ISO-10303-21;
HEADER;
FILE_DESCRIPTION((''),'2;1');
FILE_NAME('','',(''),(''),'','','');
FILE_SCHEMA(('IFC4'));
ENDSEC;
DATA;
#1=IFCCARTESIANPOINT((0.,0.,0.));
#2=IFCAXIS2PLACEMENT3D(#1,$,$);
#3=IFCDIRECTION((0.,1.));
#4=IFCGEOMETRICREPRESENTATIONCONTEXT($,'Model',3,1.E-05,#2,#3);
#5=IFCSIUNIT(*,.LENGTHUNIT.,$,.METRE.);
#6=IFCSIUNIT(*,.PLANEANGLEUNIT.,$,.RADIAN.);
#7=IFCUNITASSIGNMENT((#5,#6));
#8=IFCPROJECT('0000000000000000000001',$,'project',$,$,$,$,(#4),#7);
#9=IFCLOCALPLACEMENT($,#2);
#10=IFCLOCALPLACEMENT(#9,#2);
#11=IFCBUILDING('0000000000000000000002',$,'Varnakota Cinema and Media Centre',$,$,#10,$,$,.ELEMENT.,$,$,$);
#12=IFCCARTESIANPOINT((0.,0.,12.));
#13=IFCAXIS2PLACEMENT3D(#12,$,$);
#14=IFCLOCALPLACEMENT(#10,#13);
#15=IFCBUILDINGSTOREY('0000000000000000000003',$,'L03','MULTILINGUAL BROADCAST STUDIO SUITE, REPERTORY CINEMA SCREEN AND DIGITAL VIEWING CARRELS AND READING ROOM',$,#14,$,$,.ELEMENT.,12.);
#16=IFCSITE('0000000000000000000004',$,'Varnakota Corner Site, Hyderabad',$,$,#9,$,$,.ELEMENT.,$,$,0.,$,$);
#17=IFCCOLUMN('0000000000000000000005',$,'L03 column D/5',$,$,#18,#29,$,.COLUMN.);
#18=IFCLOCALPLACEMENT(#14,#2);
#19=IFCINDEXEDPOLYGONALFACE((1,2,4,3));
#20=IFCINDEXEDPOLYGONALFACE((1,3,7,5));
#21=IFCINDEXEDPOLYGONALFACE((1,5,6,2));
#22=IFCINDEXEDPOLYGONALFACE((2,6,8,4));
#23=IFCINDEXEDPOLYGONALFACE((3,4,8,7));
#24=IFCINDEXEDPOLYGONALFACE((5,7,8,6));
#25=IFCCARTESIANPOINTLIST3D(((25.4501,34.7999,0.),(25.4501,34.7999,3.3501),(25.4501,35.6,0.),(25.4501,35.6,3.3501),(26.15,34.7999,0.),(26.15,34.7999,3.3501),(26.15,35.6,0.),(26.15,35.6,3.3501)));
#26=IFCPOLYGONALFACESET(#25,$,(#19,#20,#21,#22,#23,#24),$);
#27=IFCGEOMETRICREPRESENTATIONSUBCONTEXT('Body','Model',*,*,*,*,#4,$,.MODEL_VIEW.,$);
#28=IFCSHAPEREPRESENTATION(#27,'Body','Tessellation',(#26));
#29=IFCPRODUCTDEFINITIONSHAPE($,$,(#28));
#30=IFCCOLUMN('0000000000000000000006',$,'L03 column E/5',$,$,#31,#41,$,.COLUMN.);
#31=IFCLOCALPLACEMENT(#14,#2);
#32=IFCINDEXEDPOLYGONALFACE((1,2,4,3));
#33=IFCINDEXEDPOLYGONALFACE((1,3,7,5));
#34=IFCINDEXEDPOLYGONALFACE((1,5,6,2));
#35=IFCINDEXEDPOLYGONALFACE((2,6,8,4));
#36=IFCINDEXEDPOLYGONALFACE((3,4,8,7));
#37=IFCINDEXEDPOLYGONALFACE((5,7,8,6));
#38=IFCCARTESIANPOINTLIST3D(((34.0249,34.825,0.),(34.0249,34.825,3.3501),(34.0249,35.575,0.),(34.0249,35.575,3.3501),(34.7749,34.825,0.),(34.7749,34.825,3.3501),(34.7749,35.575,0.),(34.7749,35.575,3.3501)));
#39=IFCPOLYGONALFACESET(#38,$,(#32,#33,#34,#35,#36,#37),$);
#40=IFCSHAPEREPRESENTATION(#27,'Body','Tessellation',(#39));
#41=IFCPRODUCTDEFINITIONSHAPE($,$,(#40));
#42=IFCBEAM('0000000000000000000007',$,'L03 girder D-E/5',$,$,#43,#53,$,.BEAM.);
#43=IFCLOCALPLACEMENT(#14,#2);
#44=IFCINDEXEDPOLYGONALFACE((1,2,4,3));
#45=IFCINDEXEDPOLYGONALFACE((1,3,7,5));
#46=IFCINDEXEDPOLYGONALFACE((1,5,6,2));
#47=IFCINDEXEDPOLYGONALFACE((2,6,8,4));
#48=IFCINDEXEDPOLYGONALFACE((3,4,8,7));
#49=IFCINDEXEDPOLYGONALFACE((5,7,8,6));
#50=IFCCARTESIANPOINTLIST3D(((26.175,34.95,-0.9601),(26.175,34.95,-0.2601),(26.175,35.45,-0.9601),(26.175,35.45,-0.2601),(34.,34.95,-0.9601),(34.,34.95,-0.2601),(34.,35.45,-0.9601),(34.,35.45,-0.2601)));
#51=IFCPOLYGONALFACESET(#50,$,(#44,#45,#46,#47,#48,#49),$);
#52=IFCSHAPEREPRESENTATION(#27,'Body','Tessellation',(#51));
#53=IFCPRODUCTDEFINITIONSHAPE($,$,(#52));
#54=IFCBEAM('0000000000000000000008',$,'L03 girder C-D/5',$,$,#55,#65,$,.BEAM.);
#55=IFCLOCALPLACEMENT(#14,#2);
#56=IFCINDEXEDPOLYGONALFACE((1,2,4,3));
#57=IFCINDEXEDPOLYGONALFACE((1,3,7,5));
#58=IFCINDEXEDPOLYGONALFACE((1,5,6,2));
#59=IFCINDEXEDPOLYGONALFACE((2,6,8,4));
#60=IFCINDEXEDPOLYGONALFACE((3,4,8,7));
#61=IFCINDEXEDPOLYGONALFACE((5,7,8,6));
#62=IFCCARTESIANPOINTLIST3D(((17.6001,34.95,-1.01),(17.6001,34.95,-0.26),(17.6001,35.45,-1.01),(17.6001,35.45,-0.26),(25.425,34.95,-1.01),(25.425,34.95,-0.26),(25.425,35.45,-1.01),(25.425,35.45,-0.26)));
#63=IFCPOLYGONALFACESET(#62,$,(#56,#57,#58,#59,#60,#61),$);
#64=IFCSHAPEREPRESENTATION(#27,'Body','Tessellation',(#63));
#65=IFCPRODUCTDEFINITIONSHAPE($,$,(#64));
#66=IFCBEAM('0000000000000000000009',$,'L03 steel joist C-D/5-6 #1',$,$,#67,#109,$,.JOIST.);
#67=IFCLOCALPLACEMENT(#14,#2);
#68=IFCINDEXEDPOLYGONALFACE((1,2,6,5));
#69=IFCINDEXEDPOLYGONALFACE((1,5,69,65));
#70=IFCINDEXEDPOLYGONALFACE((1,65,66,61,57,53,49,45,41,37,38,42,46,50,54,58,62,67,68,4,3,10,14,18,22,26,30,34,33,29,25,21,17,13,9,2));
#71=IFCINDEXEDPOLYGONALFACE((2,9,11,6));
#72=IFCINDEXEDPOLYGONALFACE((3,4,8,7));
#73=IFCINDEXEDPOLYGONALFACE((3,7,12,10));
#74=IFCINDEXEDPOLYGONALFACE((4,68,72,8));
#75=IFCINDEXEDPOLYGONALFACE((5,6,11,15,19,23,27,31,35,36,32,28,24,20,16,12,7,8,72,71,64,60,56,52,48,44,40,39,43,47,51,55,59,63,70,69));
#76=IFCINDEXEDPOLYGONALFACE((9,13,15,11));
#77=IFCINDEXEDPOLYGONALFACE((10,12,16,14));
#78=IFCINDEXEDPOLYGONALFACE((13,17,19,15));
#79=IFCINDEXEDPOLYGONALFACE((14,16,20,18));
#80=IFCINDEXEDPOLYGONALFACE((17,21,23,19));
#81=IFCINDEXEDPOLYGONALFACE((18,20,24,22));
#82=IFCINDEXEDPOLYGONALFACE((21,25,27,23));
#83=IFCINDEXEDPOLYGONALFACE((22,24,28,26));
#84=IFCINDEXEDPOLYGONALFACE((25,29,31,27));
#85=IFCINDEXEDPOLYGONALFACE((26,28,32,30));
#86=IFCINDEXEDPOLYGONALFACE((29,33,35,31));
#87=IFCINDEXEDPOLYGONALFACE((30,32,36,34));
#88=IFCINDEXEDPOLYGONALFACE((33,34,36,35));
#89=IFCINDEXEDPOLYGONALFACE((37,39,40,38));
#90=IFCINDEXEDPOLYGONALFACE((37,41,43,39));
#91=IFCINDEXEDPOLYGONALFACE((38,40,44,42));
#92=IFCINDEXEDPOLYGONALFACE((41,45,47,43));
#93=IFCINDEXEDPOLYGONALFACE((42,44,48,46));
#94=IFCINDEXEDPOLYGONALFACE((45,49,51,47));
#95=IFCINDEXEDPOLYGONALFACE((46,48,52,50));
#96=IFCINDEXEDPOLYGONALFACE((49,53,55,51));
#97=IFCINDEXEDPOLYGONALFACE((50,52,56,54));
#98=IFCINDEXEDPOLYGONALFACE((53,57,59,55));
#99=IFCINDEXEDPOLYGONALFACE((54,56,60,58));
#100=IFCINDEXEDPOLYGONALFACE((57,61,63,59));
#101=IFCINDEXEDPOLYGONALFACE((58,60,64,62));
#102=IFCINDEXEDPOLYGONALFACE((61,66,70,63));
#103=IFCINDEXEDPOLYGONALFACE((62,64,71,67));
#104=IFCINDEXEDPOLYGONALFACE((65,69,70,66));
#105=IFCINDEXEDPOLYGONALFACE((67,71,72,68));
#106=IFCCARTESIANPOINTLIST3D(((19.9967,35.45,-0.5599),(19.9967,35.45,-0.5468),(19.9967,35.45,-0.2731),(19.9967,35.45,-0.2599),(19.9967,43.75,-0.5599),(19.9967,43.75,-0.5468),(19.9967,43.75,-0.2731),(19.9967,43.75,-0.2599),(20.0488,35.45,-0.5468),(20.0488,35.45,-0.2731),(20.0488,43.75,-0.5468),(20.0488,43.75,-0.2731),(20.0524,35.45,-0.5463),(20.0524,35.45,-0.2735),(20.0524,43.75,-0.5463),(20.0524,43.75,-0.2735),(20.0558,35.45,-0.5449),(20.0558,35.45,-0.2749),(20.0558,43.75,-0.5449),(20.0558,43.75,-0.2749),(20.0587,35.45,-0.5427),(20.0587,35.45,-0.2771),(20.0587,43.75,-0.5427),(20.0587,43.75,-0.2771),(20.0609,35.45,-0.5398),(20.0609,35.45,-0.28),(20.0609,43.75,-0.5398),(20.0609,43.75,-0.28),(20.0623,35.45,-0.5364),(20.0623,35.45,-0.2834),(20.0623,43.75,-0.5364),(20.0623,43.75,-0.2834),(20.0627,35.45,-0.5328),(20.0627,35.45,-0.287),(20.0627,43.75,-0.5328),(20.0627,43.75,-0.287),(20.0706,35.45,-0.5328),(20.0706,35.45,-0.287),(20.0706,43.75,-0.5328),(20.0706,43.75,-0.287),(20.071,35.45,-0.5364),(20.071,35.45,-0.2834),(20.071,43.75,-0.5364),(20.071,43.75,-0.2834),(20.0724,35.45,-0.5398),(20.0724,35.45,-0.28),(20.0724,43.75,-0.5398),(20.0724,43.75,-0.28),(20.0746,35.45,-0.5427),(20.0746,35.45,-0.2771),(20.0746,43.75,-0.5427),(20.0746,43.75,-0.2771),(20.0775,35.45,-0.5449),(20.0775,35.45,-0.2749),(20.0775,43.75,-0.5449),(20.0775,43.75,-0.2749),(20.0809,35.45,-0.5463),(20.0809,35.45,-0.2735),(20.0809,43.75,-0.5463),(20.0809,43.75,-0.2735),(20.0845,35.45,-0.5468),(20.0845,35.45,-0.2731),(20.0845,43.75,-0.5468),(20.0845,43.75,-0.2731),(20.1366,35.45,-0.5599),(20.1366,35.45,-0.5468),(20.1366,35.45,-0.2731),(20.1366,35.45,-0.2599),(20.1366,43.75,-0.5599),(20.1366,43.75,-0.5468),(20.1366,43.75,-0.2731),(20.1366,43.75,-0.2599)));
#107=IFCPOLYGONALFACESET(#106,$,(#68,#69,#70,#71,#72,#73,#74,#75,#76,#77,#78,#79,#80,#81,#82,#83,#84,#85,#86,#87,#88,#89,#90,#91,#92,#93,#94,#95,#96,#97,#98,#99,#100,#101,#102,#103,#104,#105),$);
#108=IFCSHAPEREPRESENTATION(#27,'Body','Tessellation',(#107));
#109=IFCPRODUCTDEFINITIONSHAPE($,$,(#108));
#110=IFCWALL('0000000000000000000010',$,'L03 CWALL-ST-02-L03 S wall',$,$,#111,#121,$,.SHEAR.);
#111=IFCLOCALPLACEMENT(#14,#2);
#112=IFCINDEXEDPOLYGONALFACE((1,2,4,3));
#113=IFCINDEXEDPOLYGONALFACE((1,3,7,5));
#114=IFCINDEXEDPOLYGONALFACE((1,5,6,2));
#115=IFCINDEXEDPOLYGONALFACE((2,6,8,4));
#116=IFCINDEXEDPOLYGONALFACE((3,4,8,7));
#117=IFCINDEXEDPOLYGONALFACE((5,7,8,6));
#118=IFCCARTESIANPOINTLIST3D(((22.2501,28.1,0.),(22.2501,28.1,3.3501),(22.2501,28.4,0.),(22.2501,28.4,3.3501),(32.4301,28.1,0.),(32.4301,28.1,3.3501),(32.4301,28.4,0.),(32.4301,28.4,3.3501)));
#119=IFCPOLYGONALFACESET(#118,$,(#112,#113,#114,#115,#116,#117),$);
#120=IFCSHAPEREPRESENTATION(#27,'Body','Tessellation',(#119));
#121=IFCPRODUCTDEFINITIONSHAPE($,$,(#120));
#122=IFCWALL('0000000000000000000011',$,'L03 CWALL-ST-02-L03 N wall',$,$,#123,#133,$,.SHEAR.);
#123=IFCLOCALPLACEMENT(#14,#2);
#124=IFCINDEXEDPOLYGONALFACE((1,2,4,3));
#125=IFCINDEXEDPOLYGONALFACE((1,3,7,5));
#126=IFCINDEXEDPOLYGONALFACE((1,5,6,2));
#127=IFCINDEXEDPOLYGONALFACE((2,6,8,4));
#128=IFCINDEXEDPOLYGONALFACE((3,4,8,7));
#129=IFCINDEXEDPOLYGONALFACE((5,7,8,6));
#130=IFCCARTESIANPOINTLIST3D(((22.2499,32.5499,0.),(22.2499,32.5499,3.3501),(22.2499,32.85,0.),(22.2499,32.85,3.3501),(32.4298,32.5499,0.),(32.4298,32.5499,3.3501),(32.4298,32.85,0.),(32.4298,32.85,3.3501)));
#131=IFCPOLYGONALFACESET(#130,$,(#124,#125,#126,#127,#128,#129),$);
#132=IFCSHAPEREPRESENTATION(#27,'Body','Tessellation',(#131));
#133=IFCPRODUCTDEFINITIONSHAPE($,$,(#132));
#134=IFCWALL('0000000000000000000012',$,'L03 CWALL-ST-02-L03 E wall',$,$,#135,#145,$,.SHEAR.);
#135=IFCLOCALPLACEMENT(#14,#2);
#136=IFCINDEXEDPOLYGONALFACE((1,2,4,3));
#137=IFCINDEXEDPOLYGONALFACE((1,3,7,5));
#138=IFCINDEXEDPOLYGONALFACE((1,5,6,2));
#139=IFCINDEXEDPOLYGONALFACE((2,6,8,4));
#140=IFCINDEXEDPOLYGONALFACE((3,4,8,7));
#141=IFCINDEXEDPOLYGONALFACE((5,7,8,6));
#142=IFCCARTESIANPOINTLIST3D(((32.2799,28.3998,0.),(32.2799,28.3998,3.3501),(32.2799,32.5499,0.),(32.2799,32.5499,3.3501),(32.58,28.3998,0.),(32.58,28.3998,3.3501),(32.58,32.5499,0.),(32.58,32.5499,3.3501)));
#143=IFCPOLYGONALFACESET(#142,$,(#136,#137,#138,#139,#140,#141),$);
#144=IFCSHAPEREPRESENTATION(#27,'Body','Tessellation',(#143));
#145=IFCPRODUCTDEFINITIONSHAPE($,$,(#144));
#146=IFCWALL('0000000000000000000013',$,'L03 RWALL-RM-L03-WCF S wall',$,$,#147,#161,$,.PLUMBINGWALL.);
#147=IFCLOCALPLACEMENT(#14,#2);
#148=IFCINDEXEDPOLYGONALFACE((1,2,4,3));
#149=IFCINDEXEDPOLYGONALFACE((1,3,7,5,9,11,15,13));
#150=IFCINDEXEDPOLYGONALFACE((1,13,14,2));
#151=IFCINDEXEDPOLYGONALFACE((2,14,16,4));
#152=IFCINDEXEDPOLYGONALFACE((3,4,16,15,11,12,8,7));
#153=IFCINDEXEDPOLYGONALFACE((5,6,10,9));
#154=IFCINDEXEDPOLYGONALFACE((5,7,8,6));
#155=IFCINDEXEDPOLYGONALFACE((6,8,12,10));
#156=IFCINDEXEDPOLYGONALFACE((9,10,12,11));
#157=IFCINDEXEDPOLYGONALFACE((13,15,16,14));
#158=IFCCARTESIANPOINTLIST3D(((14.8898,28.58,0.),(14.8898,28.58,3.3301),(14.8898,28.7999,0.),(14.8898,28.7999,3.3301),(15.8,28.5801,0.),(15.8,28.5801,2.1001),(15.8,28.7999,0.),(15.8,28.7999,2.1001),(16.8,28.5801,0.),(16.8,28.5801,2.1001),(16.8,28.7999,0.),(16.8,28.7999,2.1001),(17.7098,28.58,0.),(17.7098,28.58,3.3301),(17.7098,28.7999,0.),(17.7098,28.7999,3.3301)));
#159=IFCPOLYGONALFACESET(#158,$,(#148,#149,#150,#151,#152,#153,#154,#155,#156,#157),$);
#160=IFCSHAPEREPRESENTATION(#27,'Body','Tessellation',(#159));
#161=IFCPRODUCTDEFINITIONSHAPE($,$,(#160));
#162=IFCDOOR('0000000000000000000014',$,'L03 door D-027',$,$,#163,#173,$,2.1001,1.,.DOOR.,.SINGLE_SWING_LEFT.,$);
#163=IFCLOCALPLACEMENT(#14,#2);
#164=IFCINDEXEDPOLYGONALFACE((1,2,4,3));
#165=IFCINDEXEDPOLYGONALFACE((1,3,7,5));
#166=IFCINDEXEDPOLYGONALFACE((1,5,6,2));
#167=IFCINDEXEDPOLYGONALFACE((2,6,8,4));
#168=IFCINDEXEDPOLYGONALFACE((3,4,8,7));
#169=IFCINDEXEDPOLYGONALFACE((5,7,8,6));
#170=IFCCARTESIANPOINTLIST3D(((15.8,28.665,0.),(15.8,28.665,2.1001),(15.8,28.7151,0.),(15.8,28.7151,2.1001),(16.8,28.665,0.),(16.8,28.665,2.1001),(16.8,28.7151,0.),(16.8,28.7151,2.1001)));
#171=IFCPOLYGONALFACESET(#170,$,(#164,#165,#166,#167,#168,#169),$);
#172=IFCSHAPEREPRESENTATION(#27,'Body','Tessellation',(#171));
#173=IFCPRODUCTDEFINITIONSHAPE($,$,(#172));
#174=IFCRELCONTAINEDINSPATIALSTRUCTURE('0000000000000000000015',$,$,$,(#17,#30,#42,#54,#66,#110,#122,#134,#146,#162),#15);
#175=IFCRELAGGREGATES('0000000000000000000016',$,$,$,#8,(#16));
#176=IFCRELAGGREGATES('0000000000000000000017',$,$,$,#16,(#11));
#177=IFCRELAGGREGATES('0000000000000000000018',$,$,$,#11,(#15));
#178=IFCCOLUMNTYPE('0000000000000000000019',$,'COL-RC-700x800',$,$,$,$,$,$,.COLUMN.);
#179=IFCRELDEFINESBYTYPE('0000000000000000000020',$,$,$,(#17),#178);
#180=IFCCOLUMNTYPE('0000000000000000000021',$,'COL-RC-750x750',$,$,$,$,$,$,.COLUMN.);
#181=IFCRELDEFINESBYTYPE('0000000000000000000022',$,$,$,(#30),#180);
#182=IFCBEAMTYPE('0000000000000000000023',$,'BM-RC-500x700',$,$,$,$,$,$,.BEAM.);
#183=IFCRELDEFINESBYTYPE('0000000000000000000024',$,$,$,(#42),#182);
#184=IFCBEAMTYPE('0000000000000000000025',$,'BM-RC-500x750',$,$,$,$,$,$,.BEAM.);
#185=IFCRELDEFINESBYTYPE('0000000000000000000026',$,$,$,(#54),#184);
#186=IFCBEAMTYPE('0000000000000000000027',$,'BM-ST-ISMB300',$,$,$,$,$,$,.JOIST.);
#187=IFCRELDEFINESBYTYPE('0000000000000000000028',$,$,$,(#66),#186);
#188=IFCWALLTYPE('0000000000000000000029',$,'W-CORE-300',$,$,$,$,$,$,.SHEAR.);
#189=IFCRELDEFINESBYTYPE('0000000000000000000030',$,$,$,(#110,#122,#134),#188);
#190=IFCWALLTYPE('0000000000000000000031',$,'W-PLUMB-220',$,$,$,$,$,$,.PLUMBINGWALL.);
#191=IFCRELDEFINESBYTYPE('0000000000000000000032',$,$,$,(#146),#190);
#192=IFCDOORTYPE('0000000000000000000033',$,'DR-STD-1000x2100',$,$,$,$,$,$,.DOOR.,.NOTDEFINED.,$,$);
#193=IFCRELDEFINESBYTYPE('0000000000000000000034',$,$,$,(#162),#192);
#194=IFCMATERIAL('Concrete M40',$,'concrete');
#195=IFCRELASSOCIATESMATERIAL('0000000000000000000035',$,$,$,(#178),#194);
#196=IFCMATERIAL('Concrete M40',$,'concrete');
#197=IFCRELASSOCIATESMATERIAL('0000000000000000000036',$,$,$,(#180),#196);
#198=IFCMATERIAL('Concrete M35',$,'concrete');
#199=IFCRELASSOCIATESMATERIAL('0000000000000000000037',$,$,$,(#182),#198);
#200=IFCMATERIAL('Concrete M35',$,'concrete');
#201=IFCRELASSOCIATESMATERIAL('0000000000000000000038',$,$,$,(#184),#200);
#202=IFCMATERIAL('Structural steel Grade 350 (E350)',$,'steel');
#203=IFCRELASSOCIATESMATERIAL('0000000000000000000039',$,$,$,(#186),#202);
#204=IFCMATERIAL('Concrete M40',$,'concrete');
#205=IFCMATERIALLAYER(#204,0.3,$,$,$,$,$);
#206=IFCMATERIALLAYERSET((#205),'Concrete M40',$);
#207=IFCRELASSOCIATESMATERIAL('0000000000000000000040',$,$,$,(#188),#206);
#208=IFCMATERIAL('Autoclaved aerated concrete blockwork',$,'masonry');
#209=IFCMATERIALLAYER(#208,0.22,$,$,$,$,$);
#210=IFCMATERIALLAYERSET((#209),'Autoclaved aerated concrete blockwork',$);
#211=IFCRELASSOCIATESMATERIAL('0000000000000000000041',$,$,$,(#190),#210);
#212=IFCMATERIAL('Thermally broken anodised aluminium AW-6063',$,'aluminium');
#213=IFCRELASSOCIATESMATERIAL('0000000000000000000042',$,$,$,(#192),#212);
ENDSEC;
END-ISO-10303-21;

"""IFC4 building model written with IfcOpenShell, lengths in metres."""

from ifc_helpers import new_model, si_unit, direction, frame, frame_2d, origin, origin_2d, place, context, subcontext, project, spatial, rectangle, i_section, extrude, material, layer, layer_set, material_profile, profile_set, type_object, element, fill, save


model = new_model("IFC4")

# Units and contexts
model_context = context("Model", 3, precision=1e-05, world=origin(), true_north=direction((0.0, 1.0)))
body_context = subcontext(model_context, "Body", "Model", "MODEL_VIEW")
ifc_project = project(units=[si_unit("LENGTHUNIT", "METRE"), si_unit("PLANEANGLEUNIT", "RADIAN")], contexts=[model_context])

# Site, building, storey
site_placement = place(None, origin())
site = spatial("IfcSite", under=ifc_project, at=site_placement, Name="Varnakota Corner Site, Hyderabad", CompositionType="ELEMENT", RefElevation=0.0)
building_placement = place(site_placement, origin())
building = spatial("IfcBuilding", under=site, at=building_placement, Name="Varnakota Cinema and Media Centre", CompositionType="ELEMENT")
storey_placement = place(building_placement, frame((0.0, 0.0, 12.0)))
storey = spatial("IfcBuildingStorey", under=building, at=storey_placement, Name="L03", Description="MULTILINGUAL BROADCAST STUDIO SUITE, REPERTORY CINEMA SCREEN AND DIGITAL VIEWING CARRELS AND READING ROOM", CompositionType="ELEMENT", Elevation=12.0)

# Columns
ifc_material_1 = material(Name="Concrete M40", Category="concrete")
ifc_material_profile_1 = material_profile(ifc_material_1, rectangle(XDim=0.7, YDim=0.8, at=origin_2d()), Name="RC 700x800")
ifc_profile_set_1 = profile_set([ifc_material_profile_1], Name="Concrete M40")
column_type_1 = type_object("IfcColumnType", Name="COL-RC-700x800", PredefinedType="COLUMN", material=ifc_profile_set_1)
column_1_placement = place(storey_placement, frame((25.8, 35.2, 0.0), z_axis=(0.0, 0.0, 1.0), x_axis=(1.0, 0.0, 0.0)))
element("IfcColumn", 1, at=column_1_placement, inside=storey, type_object=column_type_1, Name="L03 column D/5", PredefinedType="COLUMN", context=body_context, shape_type="SweptSolid", body=[
    extrude(rectangle(XDim=0.7, YDim=0.8, at=origin_2d()), origin(), (0.0, 0.0, 1.0), 3.3501),
])
ifc_material_2 = material(Name="Concrete M40", Category="concrete")
ifc_material_profile_2 = material_profile(ifc_material_2, rectangle(XDim=0.75, YDim=0.75, at=origin_2d()), Name="RC 750x750")
ifc_profile_set_2 = profile_set([ifc_material_profile_2], Name="Concrete M40")
column_type_2 = type_object("IfcColumnType", Name="COL-RC-750x750", PredefinedType="COLUMN", material=ifc_profile_set_2)
column_2_placement = place(storey_placement, frame((34.3999, 35.2, 0.0), z_axis=(0.0, 0.0, 1.0), x_axis=(1.0, 0.0, 0.0)))
element("IfcColumn", 2, at=column_2_placement, inside=storey, type_object=column_type_2, Name="L03 column E/5", PredefinedType="COLUMN", context=body_context, shape_type="SweptSolid", body=[
    extrude(rectangle(XDim=0.75, YDim=0.75, at=origin_2d()), origin(), (0.0, 0.0, 1.0), 3.3501),
])

# Beams
ifc_material_3 = material(Name="Concrete M35", Category="concrete")
ifc_material_profile_3 = material_profile(ifc_material_3, rectangle(XDim=0.5, YDim=0.7, at=origin_2d()), Name="RCB 500x700")
ifc_profile_set_3 = profile_set([ifc_material_profile_3], Name="Concrete M35")
beam_type_1 = type_object("IfcBeamType", Name="BM-RC-500x700", PredefinedType="BEAM", material=ifc_profile_set_3)
beam_1_placement = place(storey_placement, frame((26.175, 35.2, -0.6101), z_axis=(1.0, 0.0, 0.0), x_axis=(0.0, 1.0, 0.0)))
element("IfcBeam", 3, at=beam_1_placement, inside=storey, type_object=beam_type_1, Name="L03 girder D-E/5", PredefinedType="BEAM", context=body_context, shape_type="SweptSolid", body=[
    extrude(rectangle(XDim=0.5, YDim=0.7, at=origin_2d()), origin(), (0.0, 0.0, 1.0), 7.825),
])
ifc_material_4 = material(Name="Concrete M35", Category="concrete")
ifc_material_profile_4 = material_profile(ifc_material_4, rectangle(XDim=0.5, YDim=0.75, at=origin_2d()), Name="RCB 500x750")
ifc_profile_set_4 = profile_set([ifc_material_profile_4], Name="Concrete M35")
beam_type_2 = type_object("IfcBeamType", Name="BM-RC-500x750", PredefinedType="BEAM", material=ifc_profile_set_4)
beam_2_placement = place(storey_placement, frame((17.6001, 35.2, -0.635), z_axis=(1.0, 0.0, 0.0), x_axis=(0.0, 1.0, 0.0)))
element("IfcBeam", 4, at=beam_2_placement, inside=storey, type_object=beam_type_2, Name="L03 girder C-D/5", PredefinedType="BEAM", context=body_context, shape_type="SweptSolid", body=[
    extrude(rectangle(XDim=0.5, YDim=0.75, at=origin_2d()), origin(), (0.0, 0.0, 1.0), 7.825),
])
ifc_material_5 = material(Name="Structural steel Grade 350 (E350)", Category="steel")
ifc_material_profile_5 = material_profile(ifc_material_5, i_section(OverallWidth=0.1399, OverallDepth=0.3, WebThickness=0.0078, FlangeThickness=0.0132, FilletRadius=0.0139, at=origin_2d()), Name="ISMB 300")
ifc_profile_set_5 = profile_set([ifc_material_profile_5], Name="Structural steel Grade 350 (E350)")
beam_type_3 = type_object("IfcBeamType", Name="BM-ST-ISMB300", PredefinedType="JOIST", material=ifc_profile_set_5)
beam_3_placement = place(storey_placement, frame((20.0667, 35.45, -0.4099), z_axis=(0.0, 1.0, 0.0), x_axis=(-1.0, 0.0, 0.0)))
element("IfcBeam", 5, at=beam_3_placement, inside=storey, type_object=beam_type_3, Name="L03 steel joist C-D/5-6 #1", PredefinedType="JOIST", context=body_context, shape_type="SweptSolid", body=[
    extrude(i_section(OverallWidth=0.1399, OverallDepth=0.3, WebThickness=0.0078, FlangeThickness=0.0132, FilletRadius=0.0139, at=origin_2d()), origin(), (0.0, 0.0, 1.0), 8.3),
])

# Wall
ifc_material_6 = material(Name="Concrete M40", Category="concrete")
ifc_layer_1 = layer(ifc_material_6, 0.3)
ifc_layer_set_1 = layer_set([ifc_layer_1], Name="Concrete M40")
wall_type_1 = type_object("IfcWallType", Name="W-CORE-300", PredefinedType="SHEAR", material=ifc_layer_set_1)
wall_1_placement = place(storey_placement, frame((32.4299, 28.25, 0.0), z_axis=(0.0, 0.0, 1.0), x_axis=(-1.0, 0.0, 0.0)))
element("IfcWall", 6, at=wall_1_placement, inside=storey, type_object=wall_type_1, Name="L03 CWALL-ST-02-L03 S wall", PredefinedType="SHEAR", context=body_context, shape_type="SweptSolid", body=[
    extrude(rectangle(XDim=10.1799, YDim=0.3, at=frame_2d((5.0898, 0.0))), origin(), (0.0, 0.0, 1.0), 3.3501),
])

# Walls
wall_2_placement = place(storey_placement, frame((22.25, 32.7, 0.0), z_axis=(0.0, 0.0, 1.0), x_axis=(1.0, 0.0, 0.0)))
element("IfcWall", 7, at=wall_2_placement, inside=storey, type_object=wall_type_1, Name="L03 CWALL-ST-02-L03 N wall", PredefinedType="SHEAR", context=body_context, shape_type="SweptSolid", body=[
    extrude(rectangle(XDim=10.1799, YDim=0.3, at=frame_2d((5.0898, 0.0))), origin(), (0.0, 0.0, 1.0), 3.3501),
])
wall_3_placement = place(storey_placement, frame((32.4299, 32.55, 0.0), z_axis=(0.0, 0.0, 1.0), x_axis=(0.0, -1.0, 0.0)))
element("IfcWall", 8, at=wall_3_placement, inside=storey, type_object=wall_type_1, Name="L03 CWALL-ST-02-L03 E wall", PredefinedType="SHEAR", context=body_context, shape_type="SweptSolid", body=[
    extrude(rectangle(XDim=4.1501, YDim=0.3, at=frame_2d((2.0752, 0.0))), origin(), (0.0, 0.0, 1.0), 3.3501),
])

# Wall, opening, door
ifc_material_7 = material(Name="Autoclaved aerated concrete blockwork", Category="masonry")
ifc_layer_2 = layer(ifc_material_7, 0.22)
ifc_layer_set_2 = layer_set([ifc_layer_2], Name="Autoclaved aerated concrete blockwork")
wall_type_2 = type_object("IfcWallType", Name="W-PLUMB-220", PredefinedType="PLUMBINGWALL", material=ifc_layer_set_2)
wall_4_placement = place(storey_placement, frame((17.71, 28.6899, 0.0), z_axis=(0.0, 0.0, 1.0), x_axis=(-1.0, 0.0, 0.0)))
wall_4 = element("IfcWall", 9, at=wall_4_placement, inside=storey, type_object=wall_type_2, Name="L03 RWALL-RM-L03-WCF S wall", PredefinedType="PLUMBINGWALL", context=body_context, shape_type="SweptSolid", body=[
    extrude(rectangle(XDim=2.8201, YDim=0.22, at=frame_2d((1.4102, 0.0))), origin(), (0.0, 0.0, 1.0), 3.3301),
])
opening_1_placement = place(wall_4_placement, frame((0.9099, 0.0, 0.0)))
opening_1 = element("IfcOpeningElement", 10, at=opening_1_placement, cuts=wall_4, PredefinedType="OPENING", context=body_context, shape_type="SweptSolid", body=[
    extrude(rectangle(XDim=1.0, YDim=2.1001, at=frame_2d((0.5, 1.05))), frame((0.0, 0.1099, 0.0), z_axis=(0.0, -1.0, 0.0), x_axis=(1.0, 0.0, 0.0)), (0.0, 0.0, 1.0), 0.22),
])
ifc_material_8 = material(Name="Thermally broken anodised aluminium AW-6063", Category="aluminium")
door_type_1 = type_object("IfcDoorType", Name="DR-STD-1000x2100", OperationType="NOTDEFINED", PredefinedType="DOOR", material=ifc_material_8)
door_1_placement = place(opening_1_placement, origin())
door_1 = element("IfcDoor", 11, at=door_1_placement, inside=storey, type_object=door_type_1, Name="L03 door D-027", OperationType="SINGLE_SWING_LEFT", OverallHeight=2.1001, OverallWidth=1.0, PredefinedType="DOOR", context=body_context, shape_type="SweptSolid", body=[
    extrude(rectangle(XDim=1.0, YDim=2.1001, at=frame_2d((0.5, 1.05))), frame((0.0, 0.0249, 0.0), z_axis=(0.0, -1.0, 0.0), x_axis=(1.0, 0.0, 0.0)), (0.0, 0.0, 1.0), 0.05),
])
fill(opening_1, door_1)

save(model, "model.ifc")
